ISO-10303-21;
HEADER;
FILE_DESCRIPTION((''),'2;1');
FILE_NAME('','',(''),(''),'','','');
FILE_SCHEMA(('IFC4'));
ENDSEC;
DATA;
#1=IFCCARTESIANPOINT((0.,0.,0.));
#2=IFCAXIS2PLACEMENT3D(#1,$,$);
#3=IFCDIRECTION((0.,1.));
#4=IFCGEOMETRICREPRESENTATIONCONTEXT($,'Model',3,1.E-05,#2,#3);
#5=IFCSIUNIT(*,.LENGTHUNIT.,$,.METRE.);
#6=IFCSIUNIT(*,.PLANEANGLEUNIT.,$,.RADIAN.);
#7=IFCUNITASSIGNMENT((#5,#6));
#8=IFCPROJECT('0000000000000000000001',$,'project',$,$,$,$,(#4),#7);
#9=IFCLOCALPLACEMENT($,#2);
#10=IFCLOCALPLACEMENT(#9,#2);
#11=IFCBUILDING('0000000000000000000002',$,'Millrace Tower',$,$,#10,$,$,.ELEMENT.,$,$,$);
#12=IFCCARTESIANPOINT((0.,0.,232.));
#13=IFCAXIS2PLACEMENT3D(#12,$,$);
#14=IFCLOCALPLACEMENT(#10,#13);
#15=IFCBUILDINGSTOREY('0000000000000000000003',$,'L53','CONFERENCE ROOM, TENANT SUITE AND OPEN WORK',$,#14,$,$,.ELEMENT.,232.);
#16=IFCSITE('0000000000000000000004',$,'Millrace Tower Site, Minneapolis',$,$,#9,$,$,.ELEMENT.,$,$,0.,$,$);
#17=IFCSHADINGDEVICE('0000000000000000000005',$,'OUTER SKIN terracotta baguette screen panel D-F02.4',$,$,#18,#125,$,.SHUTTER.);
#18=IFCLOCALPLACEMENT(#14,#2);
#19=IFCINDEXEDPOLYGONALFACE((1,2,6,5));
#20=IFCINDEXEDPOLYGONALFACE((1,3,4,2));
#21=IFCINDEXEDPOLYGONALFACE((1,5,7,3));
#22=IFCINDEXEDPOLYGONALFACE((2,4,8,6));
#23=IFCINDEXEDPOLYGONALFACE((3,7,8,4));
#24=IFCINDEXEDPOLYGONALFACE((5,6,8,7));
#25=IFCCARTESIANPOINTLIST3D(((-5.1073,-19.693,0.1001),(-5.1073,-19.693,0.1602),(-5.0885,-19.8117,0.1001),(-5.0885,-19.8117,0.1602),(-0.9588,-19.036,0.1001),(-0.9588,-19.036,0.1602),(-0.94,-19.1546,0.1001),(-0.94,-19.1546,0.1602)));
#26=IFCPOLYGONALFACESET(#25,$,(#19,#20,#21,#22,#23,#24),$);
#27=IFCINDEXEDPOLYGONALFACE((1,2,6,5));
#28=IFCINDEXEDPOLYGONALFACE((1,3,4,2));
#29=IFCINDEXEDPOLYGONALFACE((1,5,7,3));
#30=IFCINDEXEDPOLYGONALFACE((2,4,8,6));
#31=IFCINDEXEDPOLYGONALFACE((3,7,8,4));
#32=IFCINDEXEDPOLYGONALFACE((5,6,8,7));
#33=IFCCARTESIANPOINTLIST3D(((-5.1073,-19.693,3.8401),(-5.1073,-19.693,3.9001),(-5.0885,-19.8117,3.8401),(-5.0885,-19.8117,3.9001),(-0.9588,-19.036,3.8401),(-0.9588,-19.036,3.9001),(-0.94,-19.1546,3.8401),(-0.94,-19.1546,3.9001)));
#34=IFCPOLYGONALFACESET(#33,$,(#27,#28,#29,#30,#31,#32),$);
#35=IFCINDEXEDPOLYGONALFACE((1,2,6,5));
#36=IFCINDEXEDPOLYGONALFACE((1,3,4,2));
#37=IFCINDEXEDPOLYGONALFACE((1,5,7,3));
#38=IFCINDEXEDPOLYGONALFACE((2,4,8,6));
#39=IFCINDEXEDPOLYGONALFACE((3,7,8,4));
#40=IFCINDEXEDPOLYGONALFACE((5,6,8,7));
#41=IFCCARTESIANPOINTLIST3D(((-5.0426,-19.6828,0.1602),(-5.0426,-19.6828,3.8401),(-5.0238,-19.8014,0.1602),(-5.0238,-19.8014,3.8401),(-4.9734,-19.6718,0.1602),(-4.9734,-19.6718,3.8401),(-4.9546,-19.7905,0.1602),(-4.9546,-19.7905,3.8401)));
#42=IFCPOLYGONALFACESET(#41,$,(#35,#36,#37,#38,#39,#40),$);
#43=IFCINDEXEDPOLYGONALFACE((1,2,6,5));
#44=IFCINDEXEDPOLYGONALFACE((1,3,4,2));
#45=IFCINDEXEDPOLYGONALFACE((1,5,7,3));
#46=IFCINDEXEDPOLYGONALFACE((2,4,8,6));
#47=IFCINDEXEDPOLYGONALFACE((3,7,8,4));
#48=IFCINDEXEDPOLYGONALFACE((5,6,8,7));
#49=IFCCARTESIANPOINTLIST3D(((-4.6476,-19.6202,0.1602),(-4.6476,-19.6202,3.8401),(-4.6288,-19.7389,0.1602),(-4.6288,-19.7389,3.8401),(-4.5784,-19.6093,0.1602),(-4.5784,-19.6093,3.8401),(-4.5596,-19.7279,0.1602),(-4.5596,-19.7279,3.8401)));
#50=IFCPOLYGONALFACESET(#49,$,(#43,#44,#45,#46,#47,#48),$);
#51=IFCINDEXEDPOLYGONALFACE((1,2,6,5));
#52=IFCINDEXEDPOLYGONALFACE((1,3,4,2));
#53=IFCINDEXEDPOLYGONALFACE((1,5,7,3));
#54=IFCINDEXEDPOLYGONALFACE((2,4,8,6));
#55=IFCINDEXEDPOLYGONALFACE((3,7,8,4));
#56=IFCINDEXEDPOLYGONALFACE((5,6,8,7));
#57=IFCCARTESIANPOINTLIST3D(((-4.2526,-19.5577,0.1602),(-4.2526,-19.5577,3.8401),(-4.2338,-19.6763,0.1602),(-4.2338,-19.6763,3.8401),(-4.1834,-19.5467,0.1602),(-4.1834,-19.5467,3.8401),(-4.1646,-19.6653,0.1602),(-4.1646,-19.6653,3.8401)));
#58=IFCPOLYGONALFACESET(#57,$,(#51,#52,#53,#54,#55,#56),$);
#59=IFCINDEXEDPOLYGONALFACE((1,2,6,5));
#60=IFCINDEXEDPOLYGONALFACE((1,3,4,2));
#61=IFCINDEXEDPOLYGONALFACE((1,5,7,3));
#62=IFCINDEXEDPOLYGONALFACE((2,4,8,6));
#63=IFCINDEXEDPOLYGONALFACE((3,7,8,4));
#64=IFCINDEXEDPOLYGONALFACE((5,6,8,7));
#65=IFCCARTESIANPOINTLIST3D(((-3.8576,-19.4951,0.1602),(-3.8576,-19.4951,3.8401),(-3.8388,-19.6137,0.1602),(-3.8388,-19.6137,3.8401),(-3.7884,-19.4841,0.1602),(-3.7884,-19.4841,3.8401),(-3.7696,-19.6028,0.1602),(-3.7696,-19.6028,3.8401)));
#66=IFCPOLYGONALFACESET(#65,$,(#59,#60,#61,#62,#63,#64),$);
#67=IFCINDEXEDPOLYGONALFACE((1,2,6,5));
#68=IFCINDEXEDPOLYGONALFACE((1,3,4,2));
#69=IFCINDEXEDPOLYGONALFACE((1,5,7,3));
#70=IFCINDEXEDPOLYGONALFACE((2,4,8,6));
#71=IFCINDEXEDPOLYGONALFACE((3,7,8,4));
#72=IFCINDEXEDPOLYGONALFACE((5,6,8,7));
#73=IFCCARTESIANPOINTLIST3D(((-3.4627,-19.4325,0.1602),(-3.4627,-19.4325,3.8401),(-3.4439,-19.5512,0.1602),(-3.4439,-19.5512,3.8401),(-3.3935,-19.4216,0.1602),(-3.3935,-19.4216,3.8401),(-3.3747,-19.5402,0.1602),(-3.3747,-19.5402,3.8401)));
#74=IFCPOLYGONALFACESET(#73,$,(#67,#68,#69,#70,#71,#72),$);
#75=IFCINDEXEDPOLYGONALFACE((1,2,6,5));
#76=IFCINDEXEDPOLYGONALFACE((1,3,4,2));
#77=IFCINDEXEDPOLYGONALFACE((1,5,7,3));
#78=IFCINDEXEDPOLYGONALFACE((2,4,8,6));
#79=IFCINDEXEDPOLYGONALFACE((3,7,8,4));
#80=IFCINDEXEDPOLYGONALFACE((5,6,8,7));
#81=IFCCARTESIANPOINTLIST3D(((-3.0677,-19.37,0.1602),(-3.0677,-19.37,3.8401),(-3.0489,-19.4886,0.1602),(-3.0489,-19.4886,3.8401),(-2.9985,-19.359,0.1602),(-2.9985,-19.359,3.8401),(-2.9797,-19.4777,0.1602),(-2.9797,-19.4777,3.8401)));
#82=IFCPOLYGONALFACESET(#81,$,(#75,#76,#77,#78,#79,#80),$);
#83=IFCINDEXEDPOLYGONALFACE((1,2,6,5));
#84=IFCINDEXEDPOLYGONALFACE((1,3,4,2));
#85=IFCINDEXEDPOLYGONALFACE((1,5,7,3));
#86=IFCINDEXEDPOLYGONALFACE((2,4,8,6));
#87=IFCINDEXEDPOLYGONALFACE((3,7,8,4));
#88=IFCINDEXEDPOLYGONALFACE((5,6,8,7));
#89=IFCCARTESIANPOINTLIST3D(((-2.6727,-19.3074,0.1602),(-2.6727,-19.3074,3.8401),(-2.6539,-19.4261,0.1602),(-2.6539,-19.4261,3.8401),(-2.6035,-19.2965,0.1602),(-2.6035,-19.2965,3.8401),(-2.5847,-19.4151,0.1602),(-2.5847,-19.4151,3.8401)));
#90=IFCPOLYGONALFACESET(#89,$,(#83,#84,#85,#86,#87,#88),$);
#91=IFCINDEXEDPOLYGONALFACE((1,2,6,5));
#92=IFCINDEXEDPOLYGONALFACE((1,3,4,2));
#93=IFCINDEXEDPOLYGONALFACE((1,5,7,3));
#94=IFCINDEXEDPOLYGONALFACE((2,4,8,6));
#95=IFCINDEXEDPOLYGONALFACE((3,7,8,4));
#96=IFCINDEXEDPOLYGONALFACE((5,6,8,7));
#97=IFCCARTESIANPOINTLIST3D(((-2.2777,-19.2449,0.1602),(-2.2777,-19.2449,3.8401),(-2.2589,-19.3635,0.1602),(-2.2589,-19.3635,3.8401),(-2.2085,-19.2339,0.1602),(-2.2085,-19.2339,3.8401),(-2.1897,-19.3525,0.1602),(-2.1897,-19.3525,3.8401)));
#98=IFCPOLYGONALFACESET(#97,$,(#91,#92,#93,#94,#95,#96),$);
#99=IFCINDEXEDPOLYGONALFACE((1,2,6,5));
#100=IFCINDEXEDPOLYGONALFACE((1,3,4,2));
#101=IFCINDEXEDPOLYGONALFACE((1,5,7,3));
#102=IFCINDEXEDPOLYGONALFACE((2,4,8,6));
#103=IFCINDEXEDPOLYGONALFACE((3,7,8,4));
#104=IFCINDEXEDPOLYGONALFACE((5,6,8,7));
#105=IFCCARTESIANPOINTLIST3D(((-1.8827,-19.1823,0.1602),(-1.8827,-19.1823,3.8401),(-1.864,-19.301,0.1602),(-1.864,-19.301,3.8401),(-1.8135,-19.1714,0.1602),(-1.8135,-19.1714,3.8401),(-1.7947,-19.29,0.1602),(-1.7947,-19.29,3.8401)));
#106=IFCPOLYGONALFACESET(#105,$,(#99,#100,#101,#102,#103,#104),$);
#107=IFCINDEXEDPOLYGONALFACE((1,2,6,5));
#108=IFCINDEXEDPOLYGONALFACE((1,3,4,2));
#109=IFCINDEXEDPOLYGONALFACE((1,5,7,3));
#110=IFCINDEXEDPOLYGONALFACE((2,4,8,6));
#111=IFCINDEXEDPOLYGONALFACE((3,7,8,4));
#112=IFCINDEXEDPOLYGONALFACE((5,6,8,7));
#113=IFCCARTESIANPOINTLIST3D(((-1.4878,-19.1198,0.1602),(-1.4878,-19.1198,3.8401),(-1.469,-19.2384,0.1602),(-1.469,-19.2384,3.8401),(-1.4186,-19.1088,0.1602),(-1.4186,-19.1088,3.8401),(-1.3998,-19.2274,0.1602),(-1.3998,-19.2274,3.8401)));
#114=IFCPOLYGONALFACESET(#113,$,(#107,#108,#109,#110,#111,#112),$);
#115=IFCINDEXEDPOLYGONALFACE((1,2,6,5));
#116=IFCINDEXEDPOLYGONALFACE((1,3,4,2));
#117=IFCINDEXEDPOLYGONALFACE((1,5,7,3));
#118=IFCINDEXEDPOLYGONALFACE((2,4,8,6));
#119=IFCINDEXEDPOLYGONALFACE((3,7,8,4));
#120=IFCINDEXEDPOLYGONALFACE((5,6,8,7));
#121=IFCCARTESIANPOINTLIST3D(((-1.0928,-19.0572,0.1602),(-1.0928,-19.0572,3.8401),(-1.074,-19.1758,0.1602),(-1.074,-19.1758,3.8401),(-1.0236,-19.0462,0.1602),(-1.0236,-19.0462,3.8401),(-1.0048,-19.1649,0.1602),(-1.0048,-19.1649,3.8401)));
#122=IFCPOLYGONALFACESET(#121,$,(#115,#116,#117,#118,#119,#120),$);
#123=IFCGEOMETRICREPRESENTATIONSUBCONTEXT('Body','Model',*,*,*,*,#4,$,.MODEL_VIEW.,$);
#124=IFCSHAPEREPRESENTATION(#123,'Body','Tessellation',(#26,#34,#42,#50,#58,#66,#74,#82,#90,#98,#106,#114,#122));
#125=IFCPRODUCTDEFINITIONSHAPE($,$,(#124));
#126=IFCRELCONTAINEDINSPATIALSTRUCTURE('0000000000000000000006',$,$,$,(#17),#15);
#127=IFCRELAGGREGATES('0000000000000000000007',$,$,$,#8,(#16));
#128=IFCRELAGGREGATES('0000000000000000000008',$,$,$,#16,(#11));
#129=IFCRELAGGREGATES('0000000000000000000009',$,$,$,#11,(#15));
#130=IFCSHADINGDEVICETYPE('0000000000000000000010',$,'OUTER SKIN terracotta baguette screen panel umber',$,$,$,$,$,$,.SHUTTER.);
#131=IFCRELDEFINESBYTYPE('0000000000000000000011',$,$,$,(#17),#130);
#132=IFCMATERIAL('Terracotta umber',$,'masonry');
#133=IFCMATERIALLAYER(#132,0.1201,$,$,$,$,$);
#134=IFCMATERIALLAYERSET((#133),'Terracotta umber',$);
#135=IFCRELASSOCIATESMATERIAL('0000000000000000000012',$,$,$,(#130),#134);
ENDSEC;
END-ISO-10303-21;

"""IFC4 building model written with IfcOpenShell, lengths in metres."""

from ifc_helpers import new_model, entity, si_unit, direction, frame, frame_2d, origin, origin_2d, place, context, subcontext, project, spatial, rectangle, extrude, source, transform, mapped, material, layer, layer_set, type_object, element, save


model = new_model("IFC4")

# Units and contexts
model_context = context("Model", 3, precision=1e-05, world=origin(), true_north=direction((0.0, 1.0)))
body_context = subcontext(model_context, "Body", "Model", "MODEL_VIEW")
ifc_project = project(units=[si_unit("LENGTHUNIT", "METRE"), si_unit("PLANEANGLEUNIT", "RADIAN")], contexts=[model_context])

# Site, building, storey
site_placement = place(None, origin())
site = spatial("IfcSite", under=ifc_project, at=site_placement, Name="Millrace Tower Site, Minneapolis", CompositionType="ELEMENT", RefElevation=0.0)
building_placement = place(site_placement, origin())
building = spatial("IfcBuilding", under=site, at=building_placement, Name="Millrace Tower", CompositionType="ELEMENT")
storey_placement = place(building_placement, frame((0.0, 0.0, 232.0)))
storey = spatial("IfcBuildingStorey", under=building, at=storey_placement, Name="L53", Description="CONFERENCE ROOM, TENANT SUITE AND OPEN WORK", CompositionType="ELEMENT", Elevation=232.0)

# Shading device
ifc_material_1 = material(Name="Terracotta umber", Category="masonry")
ifc_layer_1 = layer(ifc_material_1, 0.1201)
ifc_layer_set_1 = layer_set([ifc_layer_1], Name="Terracotta umber")
shading_device_type = type_object("IfcShadingDeviceType", Name="OUTER SKIN terracotta baguette screen panel umber", PredefinedType="SHUTTER", material=ifc_layer_set_1)
cartesian_point = entity("IfcCartesianPoint", [-2.1001, 0.0601])
shared_polyline = entity("IfcPolyline", [cartesian_point, entity("IfcCartesianPoint", [2.1001, 0.0601]), entity("IfcCartesianPoint", [2.1001, -0.0601]), entity("IfcCartesianPoint", [-2.1001, -0.0601]), cartesian_point])
shared_shape = source(origin(), body_context, "Body", "SweptSolid", [
    entity("IfcExtrudedAreaSolid", entity("IfcArbitraryClosedProfileDef", "AREA", None, shared_polyline), entity("IfcAxis2Placement3D", entity("IfcCartesianPoint", [0.0, 0.0, 0.0])), entity("IfcDirection", [0.0, 0.0, 1.0]), 0.0601),
    entity("IfcExtrudedAreaSolid", entity("IfcArbitraryClosedProfileDef", "AREA", None, shared_polyline), entity("IfcAxis2Placement3D", entity("IfcCartesianPoint", [0.0, 0.0, 3.74])), entity("IfcDirection", [0.0, 0.0, 1.0]), 0.0601),
    extrude(rectangle(XDim=0.0701, YDim=0.1201, at=frame_2d((-1.9995, 0.0))), frame((0.0, 0.0, 0.0601)), (0.0, 0.0, 1.0), 3.6799),
    extrude(rectangle(XDim=0.0701, YDim=0.1201, at=frame_2d((-1.5996, 0.0))), frame((0.0, 0.0, 0.0601)), (0.0, 0.0, 1.0), 3.6799),
    extrude(rectangle(XDim=0.0701, YDim=0.1201, at=frame_2d((-1.1997, 0.0))), frame((0.0, 0.0, 0.0601)), (0.0, 0.0, 1.0), 3.6799),
    extrude(rectangle(XDim=0.0701, YDim=0.1201, at=frame_2d((-0.7998, 0.0))), frame((0.0, 0.0, 0.0601)), (0.0, 0.0, 1.0), 3.6799),
    extrude(rectangle(XDim=0.0701, YDim=0.1201, at=frame_2d((-0.3999, 0.0))), frame((0.0, 0.0, 0.0601)), (0.0, 0.0, 1.0), 3.6799),
    extrude(rectangle(XDim=0.0701, YDim=0.1201, at=origin_2d()), frame((0.0, 0.0, 0.0601)), (0.0, 0.0, 1.0), 3.6799),
    extrude(rectangle(XDim=0.0701, YDim=0.1201, at=frame_2d((0.3999, 0.0))), frame((0.0, 0.0, 0.0601)), (0.0, 0.0, 1.0), 3.6799),
    extrude(rectangle(XDim=0.0701, YDim=0.1201, at=frame_2d((0.7998, 0.0))), frame((0.0, 0.0, 0.0601)), (0.0, 0.0, 1.0), 3.6799),
    extrude(rectangle(XDim=0.0701, YDim=0.1201, at=frame_2d((1.1997, 0.0))), frame((0.0, 0.0, 0.0601)), (0.0, 0.0, 1.0), 3.6799),
    extrude(rectangle(XDim=0.0701, YDim=0.1201, at=frame_2d((1.5996, 0.0))), frame((0.0, 0.0, 0.0601)), (0.0, 0.0, 1.0), 3.6799),
    extrude(rectangle(XDim=0.0701, YDim=0.1201, at=frame_2d((1.9995, 0.0))), frame((0.0, 0.0, 0.0601)), (0.0, 0.0, 1.0), 3.6799),
])
for number, where, z_axis, x_axis, name in (
    (1, (-3.0237, -19.4238, 0.1001), (0.0, 0.0, 1.0), (0.987688, 0.156434, 0.0), "OUTER SKIN terracotta baguette screen panel D-F02.4"),
):
    element("IfcShadingDevice", number, at=place(storey_placement, frame(where, z_axis=z_axis, x_axis=x_axis)), inside=storey, type_object=shading_device_type, Name=name, PredefinedType="SHUTTER", context=body_context, shape_type="MappedRepresentation", body=[
        mapped(shared_shape, transform((0.0, 0.0, 0.0), scale=1.0)),
    ])

save(model, "model.ifc")
